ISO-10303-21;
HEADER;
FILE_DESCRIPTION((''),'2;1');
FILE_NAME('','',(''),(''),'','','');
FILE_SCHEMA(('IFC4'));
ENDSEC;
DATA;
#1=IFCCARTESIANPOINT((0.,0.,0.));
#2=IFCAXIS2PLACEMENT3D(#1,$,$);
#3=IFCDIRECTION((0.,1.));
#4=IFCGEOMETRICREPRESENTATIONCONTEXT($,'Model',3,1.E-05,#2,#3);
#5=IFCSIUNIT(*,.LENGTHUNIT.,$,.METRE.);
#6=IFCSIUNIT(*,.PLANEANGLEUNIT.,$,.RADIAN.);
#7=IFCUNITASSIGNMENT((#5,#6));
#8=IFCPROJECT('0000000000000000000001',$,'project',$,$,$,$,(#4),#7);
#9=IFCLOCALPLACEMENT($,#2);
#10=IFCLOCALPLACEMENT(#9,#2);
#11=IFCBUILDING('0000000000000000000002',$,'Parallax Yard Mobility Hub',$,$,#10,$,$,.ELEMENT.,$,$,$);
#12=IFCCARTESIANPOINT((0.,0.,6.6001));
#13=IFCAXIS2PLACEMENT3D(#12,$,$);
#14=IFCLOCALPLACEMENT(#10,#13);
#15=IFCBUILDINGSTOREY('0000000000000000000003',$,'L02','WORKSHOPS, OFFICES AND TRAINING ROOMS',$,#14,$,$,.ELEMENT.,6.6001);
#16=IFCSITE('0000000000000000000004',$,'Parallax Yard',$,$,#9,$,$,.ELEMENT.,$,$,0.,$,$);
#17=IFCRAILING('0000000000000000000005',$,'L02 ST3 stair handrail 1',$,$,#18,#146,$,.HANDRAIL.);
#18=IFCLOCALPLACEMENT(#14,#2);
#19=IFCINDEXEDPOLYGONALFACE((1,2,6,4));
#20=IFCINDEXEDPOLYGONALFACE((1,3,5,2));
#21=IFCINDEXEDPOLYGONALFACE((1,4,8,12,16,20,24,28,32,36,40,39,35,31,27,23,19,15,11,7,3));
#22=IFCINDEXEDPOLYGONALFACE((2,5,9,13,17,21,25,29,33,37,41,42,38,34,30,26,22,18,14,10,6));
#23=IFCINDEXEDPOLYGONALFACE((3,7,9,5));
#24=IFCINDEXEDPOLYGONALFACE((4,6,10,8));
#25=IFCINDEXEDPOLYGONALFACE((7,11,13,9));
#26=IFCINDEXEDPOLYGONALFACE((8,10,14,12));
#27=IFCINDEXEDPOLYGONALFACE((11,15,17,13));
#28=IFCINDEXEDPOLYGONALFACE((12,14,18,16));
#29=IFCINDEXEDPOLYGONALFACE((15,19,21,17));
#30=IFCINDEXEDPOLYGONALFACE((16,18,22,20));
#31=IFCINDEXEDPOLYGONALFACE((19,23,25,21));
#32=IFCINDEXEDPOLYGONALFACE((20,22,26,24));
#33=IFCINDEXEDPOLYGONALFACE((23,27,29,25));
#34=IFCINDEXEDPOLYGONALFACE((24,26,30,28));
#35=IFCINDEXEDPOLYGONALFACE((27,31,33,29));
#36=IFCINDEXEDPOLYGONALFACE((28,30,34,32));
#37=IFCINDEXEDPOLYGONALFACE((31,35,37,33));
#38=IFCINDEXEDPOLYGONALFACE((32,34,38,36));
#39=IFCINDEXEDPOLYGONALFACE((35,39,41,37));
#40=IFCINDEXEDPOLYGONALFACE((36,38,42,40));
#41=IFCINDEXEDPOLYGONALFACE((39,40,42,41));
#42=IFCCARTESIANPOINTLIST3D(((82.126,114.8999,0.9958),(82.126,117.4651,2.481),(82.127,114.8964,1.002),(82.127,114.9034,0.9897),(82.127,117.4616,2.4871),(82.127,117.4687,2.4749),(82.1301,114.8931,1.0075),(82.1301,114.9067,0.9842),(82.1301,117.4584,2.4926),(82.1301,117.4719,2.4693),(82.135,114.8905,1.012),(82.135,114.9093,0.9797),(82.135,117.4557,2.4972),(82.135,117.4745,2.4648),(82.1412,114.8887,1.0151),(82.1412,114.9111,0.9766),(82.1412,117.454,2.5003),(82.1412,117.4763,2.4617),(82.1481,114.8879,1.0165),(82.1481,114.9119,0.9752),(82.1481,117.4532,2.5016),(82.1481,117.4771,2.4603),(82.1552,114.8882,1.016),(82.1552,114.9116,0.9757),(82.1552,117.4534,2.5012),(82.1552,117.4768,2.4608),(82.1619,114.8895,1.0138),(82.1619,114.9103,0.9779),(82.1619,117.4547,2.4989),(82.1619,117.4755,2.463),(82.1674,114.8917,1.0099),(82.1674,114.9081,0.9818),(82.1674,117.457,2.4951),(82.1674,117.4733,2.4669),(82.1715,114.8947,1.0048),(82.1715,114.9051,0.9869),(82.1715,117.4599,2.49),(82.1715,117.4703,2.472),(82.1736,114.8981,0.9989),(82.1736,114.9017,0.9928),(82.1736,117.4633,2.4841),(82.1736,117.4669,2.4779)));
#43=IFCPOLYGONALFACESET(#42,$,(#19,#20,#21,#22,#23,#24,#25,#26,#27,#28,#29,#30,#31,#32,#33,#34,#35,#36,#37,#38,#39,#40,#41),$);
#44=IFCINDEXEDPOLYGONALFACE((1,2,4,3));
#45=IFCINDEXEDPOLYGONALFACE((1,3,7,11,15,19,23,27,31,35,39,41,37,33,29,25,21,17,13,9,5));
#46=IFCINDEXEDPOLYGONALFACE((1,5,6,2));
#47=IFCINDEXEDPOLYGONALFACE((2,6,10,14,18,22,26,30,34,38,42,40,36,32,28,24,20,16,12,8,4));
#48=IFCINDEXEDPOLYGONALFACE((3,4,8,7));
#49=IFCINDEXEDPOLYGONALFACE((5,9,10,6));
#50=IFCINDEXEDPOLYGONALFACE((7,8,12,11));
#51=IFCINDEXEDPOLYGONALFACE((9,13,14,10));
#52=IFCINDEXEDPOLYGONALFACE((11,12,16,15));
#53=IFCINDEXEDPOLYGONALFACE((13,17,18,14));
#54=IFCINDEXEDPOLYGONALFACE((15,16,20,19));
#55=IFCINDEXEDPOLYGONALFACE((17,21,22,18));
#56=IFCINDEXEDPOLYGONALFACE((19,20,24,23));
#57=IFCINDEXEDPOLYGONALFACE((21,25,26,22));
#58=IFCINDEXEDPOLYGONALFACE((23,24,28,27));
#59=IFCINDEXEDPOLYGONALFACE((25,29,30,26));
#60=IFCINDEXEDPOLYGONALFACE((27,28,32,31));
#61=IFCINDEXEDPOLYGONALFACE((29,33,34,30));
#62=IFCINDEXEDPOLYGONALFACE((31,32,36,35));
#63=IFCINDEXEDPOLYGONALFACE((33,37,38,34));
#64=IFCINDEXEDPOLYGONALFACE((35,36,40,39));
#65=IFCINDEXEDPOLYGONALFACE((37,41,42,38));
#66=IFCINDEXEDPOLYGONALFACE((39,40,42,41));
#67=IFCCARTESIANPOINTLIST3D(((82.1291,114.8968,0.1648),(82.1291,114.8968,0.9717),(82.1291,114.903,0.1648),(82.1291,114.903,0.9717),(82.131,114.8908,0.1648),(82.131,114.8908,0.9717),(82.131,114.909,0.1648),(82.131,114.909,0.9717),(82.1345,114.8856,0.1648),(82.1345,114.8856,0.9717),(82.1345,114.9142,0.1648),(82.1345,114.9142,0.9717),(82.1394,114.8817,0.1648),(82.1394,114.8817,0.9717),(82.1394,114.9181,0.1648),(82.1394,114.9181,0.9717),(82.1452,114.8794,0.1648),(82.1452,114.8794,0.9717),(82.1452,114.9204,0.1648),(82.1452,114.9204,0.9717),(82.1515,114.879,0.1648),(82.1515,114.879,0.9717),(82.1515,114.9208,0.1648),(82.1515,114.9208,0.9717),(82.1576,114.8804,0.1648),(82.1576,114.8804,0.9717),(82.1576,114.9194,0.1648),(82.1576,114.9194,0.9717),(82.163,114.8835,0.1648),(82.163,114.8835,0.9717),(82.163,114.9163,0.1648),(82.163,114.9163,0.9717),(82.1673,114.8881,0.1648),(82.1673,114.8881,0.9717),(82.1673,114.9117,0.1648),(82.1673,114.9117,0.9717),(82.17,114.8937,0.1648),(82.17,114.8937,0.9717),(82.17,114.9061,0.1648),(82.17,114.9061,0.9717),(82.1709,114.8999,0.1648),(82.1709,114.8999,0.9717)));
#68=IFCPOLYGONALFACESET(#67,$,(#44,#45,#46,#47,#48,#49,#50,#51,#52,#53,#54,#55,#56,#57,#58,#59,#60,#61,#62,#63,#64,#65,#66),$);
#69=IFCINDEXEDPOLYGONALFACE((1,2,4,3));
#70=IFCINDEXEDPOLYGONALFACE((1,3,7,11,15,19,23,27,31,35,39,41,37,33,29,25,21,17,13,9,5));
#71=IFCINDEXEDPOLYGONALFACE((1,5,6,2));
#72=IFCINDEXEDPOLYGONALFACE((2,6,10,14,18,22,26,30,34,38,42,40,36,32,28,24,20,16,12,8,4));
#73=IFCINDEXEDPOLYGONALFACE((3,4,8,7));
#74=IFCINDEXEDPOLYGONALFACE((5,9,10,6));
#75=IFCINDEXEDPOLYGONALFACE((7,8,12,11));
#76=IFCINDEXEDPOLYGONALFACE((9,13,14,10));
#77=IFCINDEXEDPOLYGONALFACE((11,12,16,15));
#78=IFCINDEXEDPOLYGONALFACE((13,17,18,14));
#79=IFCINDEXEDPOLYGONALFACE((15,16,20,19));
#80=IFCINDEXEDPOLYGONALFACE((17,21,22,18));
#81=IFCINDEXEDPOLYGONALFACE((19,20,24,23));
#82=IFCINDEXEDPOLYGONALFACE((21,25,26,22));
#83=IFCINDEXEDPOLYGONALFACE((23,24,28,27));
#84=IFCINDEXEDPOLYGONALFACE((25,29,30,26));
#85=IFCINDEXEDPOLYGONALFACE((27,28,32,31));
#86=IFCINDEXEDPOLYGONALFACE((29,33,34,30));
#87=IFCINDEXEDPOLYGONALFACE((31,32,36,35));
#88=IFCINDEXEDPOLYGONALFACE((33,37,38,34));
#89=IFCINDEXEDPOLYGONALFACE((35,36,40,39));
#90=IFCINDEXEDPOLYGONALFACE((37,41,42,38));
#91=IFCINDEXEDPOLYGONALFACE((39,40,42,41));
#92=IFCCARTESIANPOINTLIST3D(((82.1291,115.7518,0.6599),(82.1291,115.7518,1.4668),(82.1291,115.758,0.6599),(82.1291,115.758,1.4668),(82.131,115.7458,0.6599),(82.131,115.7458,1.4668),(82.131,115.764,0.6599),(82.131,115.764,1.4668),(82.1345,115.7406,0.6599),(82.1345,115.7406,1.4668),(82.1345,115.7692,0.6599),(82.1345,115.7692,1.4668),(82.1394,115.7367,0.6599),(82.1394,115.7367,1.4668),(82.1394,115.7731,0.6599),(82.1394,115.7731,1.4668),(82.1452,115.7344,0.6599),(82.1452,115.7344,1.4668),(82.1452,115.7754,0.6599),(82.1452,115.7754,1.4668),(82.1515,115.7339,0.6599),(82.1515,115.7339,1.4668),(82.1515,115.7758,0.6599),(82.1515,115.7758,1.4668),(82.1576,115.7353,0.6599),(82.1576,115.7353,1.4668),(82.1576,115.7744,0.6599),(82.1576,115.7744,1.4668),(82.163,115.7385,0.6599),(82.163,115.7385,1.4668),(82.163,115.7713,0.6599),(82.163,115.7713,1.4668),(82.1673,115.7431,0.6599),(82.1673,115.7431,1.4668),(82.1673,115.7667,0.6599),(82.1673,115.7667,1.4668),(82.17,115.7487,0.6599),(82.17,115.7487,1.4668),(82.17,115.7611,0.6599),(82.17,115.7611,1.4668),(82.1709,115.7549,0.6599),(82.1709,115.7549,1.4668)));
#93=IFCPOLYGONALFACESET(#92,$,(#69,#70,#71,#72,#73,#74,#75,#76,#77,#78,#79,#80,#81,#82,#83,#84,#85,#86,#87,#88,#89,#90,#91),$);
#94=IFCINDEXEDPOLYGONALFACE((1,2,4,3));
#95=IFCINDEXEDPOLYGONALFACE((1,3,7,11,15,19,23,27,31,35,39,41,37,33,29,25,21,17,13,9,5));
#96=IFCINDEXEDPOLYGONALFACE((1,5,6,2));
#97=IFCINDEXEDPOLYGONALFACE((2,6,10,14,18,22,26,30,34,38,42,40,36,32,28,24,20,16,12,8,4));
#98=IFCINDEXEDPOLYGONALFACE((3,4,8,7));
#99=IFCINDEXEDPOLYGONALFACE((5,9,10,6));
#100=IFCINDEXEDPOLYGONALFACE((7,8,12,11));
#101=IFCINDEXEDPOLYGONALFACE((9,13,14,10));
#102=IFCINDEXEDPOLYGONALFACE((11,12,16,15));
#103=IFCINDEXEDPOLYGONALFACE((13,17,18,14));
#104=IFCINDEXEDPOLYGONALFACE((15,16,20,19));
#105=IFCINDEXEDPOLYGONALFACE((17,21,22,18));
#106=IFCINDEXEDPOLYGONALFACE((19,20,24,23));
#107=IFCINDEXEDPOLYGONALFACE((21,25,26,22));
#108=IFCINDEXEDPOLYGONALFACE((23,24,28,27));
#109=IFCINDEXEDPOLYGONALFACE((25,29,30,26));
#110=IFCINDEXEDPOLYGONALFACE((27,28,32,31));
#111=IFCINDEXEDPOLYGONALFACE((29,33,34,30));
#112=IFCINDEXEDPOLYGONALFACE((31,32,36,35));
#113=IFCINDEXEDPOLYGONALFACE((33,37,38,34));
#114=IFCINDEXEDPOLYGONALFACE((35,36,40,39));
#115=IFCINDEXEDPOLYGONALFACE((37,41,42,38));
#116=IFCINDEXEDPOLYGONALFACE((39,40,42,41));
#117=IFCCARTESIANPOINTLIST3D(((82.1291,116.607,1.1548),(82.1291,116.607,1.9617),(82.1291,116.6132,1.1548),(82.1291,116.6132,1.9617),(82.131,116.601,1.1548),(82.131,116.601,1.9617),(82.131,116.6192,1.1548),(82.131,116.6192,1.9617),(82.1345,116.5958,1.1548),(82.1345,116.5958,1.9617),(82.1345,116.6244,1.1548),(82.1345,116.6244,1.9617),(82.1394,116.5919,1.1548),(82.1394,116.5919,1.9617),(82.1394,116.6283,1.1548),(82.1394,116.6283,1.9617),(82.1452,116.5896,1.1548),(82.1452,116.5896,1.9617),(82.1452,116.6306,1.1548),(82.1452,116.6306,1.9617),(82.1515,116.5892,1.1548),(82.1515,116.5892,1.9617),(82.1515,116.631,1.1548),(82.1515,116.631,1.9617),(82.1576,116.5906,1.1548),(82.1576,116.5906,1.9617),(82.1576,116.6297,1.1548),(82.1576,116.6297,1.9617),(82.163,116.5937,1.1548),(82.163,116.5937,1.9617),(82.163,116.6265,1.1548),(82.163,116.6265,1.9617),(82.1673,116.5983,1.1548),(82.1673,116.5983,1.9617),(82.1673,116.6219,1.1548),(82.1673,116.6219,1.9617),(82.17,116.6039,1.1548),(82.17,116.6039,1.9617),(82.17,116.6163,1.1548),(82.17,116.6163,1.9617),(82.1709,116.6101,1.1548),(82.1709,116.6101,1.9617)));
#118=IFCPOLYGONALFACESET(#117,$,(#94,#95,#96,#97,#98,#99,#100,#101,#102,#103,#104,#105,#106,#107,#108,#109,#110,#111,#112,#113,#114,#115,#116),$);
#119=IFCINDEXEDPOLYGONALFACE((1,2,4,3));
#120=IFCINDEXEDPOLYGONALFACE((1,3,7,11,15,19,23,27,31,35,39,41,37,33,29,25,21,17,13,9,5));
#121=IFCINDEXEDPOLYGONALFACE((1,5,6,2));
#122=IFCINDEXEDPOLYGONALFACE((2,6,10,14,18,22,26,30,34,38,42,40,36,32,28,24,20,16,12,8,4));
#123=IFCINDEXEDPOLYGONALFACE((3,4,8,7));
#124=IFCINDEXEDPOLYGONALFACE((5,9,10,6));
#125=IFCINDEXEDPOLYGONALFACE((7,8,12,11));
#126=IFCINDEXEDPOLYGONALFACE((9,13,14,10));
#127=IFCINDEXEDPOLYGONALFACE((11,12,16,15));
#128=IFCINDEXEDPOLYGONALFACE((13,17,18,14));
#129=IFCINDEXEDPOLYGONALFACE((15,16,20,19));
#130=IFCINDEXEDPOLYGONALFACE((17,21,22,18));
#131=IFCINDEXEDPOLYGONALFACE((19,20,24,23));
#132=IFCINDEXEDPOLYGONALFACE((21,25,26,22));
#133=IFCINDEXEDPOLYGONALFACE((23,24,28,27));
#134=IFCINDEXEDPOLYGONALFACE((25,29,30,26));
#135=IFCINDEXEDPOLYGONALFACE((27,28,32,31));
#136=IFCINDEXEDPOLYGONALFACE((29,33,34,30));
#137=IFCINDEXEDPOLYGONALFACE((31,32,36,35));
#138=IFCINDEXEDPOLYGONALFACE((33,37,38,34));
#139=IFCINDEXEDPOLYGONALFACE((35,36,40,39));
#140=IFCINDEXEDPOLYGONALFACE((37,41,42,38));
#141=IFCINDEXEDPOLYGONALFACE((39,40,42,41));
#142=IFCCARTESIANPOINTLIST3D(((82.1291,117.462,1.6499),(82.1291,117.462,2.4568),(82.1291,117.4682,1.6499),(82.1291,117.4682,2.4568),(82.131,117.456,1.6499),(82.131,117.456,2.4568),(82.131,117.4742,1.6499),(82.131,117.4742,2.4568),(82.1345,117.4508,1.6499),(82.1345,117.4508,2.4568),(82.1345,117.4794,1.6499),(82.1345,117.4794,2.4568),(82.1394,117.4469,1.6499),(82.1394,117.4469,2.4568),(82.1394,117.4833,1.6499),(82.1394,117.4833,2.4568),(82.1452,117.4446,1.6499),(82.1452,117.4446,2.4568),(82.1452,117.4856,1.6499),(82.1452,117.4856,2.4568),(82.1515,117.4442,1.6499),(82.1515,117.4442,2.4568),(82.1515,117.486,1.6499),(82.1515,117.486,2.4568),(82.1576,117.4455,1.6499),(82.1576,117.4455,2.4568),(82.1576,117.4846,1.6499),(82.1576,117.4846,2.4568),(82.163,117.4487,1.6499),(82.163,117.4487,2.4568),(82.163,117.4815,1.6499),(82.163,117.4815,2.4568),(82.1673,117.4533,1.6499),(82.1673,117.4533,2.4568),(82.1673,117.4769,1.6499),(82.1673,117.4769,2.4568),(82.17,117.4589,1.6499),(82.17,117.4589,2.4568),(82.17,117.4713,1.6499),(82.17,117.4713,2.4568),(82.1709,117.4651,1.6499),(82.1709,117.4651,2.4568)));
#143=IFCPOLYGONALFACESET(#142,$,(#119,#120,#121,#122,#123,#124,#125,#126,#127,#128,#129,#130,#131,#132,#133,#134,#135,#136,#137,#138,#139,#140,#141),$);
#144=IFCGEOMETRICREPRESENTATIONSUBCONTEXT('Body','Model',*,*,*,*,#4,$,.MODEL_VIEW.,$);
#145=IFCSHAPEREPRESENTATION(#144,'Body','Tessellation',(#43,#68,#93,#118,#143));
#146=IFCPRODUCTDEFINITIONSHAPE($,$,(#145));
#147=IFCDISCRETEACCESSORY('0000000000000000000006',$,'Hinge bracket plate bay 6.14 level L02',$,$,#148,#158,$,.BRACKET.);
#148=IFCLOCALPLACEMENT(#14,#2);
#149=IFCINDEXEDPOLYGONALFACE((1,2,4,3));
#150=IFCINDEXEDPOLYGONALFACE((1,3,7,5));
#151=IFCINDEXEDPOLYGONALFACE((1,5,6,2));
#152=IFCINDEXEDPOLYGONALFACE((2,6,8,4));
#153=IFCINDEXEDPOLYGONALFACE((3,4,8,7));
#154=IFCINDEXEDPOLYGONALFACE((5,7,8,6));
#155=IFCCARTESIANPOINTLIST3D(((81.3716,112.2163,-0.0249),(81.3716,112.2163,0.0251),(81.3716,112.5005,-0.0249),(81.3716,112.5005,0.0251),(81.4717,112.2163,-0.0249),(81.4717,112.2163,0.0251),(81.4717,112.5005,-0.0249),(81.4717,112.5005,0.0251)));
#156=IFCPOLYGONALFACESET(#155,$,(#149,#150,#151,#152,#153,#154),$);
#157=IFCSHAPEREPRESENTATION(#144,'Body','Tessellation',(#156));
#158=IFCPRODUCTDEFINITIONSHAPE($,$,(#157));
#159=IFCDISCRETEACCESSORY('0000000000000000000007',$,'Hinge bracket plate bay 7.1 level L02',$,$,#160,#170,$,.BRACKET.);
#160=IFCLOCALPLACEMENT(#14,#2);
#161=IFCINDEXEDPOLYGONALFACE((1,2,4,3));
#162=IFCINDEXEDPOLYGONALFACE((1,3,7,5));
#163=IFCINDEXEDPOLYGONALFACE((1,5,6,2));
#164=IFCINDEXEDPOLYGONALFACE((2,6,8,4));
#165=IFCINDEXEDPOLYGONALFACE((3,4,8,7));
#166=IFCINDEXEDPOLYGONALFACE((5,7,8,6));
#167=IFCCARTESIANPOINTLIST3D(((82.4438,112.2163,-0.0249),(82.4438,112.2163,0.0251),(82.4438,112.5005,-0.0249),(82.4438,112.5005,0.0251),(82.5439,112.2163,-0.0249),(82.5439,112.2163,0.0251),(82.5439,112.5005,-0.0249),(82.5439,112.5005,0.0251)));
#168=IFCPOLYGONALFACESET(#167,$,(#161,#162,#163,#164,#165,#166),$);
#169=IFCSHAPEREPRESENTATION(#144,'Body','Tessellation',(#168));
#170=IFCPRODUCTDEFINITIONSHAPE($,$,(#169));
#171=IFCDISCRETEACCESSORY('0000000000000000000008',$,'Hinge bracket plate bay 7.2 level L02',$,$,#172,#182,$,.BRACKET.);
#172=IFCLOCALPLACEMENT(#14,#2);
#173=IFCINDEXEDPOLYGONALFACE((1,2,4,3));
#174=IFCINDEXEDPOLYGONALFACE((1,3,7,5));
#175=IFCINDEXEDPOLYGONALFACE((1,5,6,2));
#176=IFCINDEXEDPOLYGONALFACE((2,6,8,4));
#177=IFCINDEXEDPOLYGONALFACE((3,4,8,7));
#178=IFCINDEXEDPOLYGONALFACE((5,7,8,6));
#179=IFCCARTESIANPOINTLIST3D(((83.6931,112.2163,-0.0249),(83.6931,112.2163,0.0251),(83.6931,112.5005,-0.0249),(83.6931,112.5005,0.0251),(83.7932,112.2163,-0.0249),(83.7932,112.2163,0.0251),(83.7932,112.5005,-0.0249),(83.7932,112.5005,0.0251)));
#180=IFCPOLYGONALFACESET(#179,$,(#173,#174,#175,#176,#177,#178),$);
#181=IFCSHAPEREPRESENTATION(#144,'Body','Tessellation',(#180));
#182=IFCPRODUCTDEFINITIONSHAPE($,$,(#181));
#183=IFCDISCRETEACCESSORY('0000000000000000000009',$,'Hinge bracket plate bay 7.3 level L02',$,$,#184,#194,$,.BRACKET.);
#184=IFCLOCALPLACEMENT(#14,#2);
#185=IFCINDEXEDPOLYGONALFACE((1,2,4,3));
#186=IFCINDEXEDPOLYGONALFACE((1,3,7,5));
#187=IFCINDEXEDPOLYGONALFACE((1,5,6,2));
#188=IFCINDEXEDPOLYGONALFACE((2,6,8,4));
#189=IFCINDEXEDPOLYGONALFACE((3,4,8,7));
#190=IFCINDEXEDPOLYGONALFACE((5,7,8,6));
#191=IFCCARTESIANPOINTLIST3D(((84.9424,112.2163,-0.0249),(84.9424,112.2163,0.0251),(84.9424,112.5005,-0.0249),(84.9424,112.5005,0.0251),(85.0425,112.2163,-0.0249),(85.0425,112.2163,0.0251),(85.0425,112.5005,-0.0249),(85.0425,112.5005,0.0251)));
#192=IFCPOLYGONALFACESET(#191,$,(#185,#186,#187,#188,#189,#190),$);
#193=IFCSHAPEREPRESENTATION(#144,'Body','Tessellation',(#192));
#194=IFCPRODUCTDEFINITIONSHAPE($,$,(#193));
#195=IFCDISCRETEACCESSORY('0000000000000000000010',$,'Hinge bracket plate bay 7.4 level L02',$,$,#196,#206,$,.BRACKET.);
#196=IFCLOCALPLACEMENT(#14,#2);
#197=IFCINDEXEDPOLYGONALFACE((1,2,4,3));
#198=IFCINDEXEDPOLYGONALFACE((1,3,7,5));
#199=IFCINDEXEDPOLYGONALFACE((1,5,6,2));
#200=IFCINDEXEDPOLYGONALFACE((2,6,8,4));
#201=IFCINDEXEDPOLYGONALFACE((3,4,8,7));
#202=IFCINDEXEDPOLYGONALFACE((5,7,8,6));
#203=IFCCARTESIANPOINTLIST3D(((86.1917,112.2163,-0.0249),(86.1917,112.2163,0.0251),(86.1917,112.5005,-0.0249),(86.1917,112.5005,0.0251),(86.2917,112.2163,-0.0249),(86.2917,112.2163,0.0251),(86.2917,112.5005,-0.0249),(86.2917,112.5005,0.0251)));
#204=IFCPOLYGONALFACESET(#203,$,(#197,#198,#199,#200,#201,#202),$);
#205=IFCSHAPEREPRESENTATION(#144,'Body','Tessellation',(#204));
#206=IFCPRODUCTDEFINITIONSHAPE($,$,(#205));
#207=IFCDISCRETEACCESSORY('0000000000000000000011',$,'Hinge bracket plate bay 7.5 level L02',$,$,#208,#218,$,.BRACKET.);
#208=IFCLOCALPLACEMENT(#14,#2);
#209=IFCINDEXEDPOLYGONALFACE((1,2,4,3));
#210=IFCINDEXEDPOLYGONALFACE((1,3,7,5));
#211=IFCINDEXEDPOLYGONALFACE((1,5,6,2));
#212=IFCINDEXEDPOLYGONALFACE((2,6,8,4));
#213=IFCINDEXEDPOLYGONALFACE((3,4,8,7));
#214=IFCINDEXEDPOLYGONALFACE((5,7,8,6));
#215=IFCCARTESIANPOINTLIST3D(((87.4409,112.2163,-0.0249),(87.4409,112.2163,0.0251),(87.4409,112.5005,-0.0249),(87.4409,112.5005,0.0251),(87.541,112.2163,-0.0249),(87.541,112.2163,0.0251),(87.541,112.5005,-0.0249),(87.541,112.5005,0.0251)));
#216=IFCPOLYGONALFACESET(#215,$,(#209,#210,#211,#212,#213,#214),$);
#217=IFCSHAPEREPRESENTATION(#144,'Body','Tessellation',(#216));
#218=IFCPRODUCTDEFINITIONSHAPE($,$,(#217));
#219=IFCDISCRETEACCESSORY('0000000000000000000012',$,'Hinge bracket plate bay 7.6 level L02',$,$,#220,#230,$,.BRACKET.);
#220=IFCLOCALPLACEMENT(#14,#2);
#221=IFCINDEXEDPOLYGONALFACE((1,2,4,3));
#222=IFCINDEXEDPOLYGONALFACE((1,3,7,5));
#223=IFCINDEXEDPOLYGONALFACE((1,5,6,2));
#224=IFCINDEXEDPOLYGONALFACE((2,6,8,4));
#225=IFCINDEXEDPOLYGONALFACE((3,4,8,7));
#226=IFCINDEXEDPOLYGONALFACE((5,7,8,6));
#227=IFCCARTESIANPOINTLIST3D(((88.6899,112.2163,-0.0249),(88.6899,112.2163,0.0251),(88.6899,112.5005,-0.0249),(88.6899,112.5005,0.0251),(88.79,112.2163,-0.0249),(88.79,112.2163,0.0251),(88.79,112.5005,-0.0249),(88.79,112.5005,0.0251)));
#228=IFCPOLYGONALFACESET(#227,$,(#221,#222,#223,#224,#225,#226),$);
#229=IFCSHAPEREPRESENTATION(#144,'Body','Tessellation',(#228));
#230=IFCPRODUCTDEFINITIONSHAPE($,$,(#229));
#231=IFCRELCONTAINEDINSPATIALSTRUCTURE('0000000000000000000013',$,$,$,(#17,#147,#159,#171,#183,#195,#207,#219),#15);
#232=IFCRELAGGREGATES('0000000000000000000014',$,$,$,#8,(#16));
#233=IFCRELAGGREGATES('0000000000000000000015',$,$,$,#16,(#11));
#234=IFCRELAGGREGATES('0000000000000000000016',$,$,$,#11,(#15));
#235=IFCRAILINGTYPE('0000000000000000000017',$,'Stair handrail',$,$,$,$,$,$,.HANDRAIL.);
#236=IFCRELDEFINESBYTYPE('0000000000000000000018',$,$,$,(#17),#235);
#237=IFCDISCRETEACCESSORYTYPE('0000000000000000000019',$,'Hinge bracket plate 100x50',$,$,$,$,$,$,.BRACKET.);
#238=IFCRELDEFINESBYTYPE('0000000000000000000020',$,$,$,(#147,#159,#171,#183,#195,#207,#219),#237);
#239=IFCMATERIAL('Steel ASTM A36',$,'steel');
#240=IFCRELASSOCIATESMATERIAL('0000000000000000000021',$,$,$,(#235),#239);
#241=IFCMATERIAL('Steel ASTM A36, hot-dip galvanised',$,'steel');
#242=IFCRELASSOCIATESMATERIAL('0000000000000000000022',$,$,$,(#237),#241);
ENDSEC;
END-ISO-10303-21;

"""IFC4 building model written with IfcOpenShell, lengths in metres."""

from ifc_helpers import new_model, si_unit, direction, frame, origin, origin_2d, place, context, subcontext, project, spatial, rectangle, circle, extrude, material, type_object, element, save


model = new_model("IFC4")

# Units and contexts
model_context = context("Model", 3, precision=1e-05, world=origin(), true_north=direction((0.0, 1.0)))
body_context = subcontext(model_context, "Body", "Model", "MODEL_VIEW")
ifc_project = project(units=[si_unit("LENGTHUNIT", "METRE"), si_unit("PLANEANGLEUNIT", "RADIAN")], contexts=[model_context])

# Site, building, storey
site_placement = place(None, origin())
site = spatial("IfcSite", under=ifc_project, at=site_placement, Name="Parallax Yard", CompositionType="ELEMENT", RefElevation=0.0)
building_placement = place(site_placement, origin())
building = spatial("IfcBuilding", under=site, at=building_placement, Name="Parallax Yard Mobility Hub", CompositionType="ELEMENT")
storey_placement = place(building_placement, frame((0.0, 0.0, 6.6001)))
storey = spatial("IfcBuildingStorey", under=building, at=storey_placement, Name="L02", Description="WORKSHOPS, OFFICES AND TRAINING ROOMS", CompositionType="ELEMENT", Elevation=6.6001)

# Railing
ifc_material_1 = material(Name="Steel ASTM A36", Category="steel")
railing_type_1 = type_object("IfcRailingType", Name="Stair handrail", PredefinedType="HANDRAIL", material=ifc_material_1)
railing_1_placement = place(storey_placement, frame((82.1499, 114.8999, 0.1648)))
element("IfcRailing", 1, at=railing_1_placement, inside=storey, type_object=railing_type_1, Name="L02 ST3 stair handrail 1", PredefinedType="HANDRAIL", context=body_context, shape_type="SweptSolid", body=[
    extrude(circle(Radius=0.0239, at=origin_2d()), frame((0.0, 0.0, 0.8311), z_axis=(0.0, 0.865426, 0.501036), x_axis=(-1.0, 0.0, 0.0)), (0.0, 0.0, 1.0), 2.9641),
    extrude(circle(Radius=0.021, at=origin_2d()), origin(), (0.0, 0.0, 1.0), 0.8069),
    extrude(circle(Radius=0.021, at=origin_2d()), frame((0.0, 0.855, 0.4951)), (0.0, 0.0, 1.0), 0.8069),
    extrude(circle(Radius=0.021, at=origin_2d()), frame((0.0, 1.7102, 0.99)), (0.0, 0.0, 1.0), 0.8069),
    extrude(circle(Radius=0.021, at=origin_2d()), frame((0.0, 2.5652, 1.4851)), (0.0, 0.0, 1.0), 0.8069),
])

# Discrete accessories
ifc_material_2 = material(Name="Steel ASTM A36, hot-dip galvanised", Category="steel")
discrete_accessory_type_1 = type_object("IfcDiscreteAccessoryType", Name="Hinge bracket plate 100x50", PredefinedType="BRACKET", material=ifc_material_2)
for number, where, z_axis, x_axis, name in (
    (2, (81.4216, 112.3584, -0.0249), (0.0, 0.0, 1.0), (0.0, -1.0, 0.0), "Hinge bracket plate bay 6.14 level L02"),
    (3, (82.4939, 112.3584, -0.0249), (0.0, 0.0, 1.0), (0.0, -1.0, 0.0), "Hinge bracket plate bay 7.1 level L02"),
    (4, (83.7432, 112.3584, -0.0249), (0.0, 0.0, 1.0), (0.0, -1.0, 0.0), "Hinge bracket plate bay 7.2 level L02"),
    (5, (84.9924, 112.3584, -0.0249), (0.0, 0.0, 1.0), (0.0, -1.0, 0.0), "Hinge bracket plate bay 7.3 level L02"),
    (6, (86.2417, 112.3584, -0.0249), (0.0, 0.0, 1.0), (0.0, -1.0, 0.0), "Hinge bracket plate bay 7.4 level L02"),
    (7, (87.491, 112.3584, -0.0249), (0.0, 0.0, 1.0), (0.0, -1.0, 0.0), "Hinge bracket plate bay 7.5 level L02"),
    (8, (88.74, 112.3584, -0.0249), (0.0, 0.0, 1.0), (0.0, -1.0, 0.0), "Hinge bracket plate bay 7.6 level L02"),
):
    element("IfcDiscreteAccessory", number, at=place(storey_placement, frame(where, z_axis=z_axis, x_axis=x_axis)), inside=storey, type_object=discrete_accessory_type_1, Name=name, PredefinedType="BRACKET", context=body_context, shape_type="SweptSolid", body=[
        extrude(rectangle(XDim=0.2842, YDim=0.1001, at=origin_2d()), origin(), (0.0, 0.0, 1.0), 0.05),
    ])

save(model, "model.ifc")
